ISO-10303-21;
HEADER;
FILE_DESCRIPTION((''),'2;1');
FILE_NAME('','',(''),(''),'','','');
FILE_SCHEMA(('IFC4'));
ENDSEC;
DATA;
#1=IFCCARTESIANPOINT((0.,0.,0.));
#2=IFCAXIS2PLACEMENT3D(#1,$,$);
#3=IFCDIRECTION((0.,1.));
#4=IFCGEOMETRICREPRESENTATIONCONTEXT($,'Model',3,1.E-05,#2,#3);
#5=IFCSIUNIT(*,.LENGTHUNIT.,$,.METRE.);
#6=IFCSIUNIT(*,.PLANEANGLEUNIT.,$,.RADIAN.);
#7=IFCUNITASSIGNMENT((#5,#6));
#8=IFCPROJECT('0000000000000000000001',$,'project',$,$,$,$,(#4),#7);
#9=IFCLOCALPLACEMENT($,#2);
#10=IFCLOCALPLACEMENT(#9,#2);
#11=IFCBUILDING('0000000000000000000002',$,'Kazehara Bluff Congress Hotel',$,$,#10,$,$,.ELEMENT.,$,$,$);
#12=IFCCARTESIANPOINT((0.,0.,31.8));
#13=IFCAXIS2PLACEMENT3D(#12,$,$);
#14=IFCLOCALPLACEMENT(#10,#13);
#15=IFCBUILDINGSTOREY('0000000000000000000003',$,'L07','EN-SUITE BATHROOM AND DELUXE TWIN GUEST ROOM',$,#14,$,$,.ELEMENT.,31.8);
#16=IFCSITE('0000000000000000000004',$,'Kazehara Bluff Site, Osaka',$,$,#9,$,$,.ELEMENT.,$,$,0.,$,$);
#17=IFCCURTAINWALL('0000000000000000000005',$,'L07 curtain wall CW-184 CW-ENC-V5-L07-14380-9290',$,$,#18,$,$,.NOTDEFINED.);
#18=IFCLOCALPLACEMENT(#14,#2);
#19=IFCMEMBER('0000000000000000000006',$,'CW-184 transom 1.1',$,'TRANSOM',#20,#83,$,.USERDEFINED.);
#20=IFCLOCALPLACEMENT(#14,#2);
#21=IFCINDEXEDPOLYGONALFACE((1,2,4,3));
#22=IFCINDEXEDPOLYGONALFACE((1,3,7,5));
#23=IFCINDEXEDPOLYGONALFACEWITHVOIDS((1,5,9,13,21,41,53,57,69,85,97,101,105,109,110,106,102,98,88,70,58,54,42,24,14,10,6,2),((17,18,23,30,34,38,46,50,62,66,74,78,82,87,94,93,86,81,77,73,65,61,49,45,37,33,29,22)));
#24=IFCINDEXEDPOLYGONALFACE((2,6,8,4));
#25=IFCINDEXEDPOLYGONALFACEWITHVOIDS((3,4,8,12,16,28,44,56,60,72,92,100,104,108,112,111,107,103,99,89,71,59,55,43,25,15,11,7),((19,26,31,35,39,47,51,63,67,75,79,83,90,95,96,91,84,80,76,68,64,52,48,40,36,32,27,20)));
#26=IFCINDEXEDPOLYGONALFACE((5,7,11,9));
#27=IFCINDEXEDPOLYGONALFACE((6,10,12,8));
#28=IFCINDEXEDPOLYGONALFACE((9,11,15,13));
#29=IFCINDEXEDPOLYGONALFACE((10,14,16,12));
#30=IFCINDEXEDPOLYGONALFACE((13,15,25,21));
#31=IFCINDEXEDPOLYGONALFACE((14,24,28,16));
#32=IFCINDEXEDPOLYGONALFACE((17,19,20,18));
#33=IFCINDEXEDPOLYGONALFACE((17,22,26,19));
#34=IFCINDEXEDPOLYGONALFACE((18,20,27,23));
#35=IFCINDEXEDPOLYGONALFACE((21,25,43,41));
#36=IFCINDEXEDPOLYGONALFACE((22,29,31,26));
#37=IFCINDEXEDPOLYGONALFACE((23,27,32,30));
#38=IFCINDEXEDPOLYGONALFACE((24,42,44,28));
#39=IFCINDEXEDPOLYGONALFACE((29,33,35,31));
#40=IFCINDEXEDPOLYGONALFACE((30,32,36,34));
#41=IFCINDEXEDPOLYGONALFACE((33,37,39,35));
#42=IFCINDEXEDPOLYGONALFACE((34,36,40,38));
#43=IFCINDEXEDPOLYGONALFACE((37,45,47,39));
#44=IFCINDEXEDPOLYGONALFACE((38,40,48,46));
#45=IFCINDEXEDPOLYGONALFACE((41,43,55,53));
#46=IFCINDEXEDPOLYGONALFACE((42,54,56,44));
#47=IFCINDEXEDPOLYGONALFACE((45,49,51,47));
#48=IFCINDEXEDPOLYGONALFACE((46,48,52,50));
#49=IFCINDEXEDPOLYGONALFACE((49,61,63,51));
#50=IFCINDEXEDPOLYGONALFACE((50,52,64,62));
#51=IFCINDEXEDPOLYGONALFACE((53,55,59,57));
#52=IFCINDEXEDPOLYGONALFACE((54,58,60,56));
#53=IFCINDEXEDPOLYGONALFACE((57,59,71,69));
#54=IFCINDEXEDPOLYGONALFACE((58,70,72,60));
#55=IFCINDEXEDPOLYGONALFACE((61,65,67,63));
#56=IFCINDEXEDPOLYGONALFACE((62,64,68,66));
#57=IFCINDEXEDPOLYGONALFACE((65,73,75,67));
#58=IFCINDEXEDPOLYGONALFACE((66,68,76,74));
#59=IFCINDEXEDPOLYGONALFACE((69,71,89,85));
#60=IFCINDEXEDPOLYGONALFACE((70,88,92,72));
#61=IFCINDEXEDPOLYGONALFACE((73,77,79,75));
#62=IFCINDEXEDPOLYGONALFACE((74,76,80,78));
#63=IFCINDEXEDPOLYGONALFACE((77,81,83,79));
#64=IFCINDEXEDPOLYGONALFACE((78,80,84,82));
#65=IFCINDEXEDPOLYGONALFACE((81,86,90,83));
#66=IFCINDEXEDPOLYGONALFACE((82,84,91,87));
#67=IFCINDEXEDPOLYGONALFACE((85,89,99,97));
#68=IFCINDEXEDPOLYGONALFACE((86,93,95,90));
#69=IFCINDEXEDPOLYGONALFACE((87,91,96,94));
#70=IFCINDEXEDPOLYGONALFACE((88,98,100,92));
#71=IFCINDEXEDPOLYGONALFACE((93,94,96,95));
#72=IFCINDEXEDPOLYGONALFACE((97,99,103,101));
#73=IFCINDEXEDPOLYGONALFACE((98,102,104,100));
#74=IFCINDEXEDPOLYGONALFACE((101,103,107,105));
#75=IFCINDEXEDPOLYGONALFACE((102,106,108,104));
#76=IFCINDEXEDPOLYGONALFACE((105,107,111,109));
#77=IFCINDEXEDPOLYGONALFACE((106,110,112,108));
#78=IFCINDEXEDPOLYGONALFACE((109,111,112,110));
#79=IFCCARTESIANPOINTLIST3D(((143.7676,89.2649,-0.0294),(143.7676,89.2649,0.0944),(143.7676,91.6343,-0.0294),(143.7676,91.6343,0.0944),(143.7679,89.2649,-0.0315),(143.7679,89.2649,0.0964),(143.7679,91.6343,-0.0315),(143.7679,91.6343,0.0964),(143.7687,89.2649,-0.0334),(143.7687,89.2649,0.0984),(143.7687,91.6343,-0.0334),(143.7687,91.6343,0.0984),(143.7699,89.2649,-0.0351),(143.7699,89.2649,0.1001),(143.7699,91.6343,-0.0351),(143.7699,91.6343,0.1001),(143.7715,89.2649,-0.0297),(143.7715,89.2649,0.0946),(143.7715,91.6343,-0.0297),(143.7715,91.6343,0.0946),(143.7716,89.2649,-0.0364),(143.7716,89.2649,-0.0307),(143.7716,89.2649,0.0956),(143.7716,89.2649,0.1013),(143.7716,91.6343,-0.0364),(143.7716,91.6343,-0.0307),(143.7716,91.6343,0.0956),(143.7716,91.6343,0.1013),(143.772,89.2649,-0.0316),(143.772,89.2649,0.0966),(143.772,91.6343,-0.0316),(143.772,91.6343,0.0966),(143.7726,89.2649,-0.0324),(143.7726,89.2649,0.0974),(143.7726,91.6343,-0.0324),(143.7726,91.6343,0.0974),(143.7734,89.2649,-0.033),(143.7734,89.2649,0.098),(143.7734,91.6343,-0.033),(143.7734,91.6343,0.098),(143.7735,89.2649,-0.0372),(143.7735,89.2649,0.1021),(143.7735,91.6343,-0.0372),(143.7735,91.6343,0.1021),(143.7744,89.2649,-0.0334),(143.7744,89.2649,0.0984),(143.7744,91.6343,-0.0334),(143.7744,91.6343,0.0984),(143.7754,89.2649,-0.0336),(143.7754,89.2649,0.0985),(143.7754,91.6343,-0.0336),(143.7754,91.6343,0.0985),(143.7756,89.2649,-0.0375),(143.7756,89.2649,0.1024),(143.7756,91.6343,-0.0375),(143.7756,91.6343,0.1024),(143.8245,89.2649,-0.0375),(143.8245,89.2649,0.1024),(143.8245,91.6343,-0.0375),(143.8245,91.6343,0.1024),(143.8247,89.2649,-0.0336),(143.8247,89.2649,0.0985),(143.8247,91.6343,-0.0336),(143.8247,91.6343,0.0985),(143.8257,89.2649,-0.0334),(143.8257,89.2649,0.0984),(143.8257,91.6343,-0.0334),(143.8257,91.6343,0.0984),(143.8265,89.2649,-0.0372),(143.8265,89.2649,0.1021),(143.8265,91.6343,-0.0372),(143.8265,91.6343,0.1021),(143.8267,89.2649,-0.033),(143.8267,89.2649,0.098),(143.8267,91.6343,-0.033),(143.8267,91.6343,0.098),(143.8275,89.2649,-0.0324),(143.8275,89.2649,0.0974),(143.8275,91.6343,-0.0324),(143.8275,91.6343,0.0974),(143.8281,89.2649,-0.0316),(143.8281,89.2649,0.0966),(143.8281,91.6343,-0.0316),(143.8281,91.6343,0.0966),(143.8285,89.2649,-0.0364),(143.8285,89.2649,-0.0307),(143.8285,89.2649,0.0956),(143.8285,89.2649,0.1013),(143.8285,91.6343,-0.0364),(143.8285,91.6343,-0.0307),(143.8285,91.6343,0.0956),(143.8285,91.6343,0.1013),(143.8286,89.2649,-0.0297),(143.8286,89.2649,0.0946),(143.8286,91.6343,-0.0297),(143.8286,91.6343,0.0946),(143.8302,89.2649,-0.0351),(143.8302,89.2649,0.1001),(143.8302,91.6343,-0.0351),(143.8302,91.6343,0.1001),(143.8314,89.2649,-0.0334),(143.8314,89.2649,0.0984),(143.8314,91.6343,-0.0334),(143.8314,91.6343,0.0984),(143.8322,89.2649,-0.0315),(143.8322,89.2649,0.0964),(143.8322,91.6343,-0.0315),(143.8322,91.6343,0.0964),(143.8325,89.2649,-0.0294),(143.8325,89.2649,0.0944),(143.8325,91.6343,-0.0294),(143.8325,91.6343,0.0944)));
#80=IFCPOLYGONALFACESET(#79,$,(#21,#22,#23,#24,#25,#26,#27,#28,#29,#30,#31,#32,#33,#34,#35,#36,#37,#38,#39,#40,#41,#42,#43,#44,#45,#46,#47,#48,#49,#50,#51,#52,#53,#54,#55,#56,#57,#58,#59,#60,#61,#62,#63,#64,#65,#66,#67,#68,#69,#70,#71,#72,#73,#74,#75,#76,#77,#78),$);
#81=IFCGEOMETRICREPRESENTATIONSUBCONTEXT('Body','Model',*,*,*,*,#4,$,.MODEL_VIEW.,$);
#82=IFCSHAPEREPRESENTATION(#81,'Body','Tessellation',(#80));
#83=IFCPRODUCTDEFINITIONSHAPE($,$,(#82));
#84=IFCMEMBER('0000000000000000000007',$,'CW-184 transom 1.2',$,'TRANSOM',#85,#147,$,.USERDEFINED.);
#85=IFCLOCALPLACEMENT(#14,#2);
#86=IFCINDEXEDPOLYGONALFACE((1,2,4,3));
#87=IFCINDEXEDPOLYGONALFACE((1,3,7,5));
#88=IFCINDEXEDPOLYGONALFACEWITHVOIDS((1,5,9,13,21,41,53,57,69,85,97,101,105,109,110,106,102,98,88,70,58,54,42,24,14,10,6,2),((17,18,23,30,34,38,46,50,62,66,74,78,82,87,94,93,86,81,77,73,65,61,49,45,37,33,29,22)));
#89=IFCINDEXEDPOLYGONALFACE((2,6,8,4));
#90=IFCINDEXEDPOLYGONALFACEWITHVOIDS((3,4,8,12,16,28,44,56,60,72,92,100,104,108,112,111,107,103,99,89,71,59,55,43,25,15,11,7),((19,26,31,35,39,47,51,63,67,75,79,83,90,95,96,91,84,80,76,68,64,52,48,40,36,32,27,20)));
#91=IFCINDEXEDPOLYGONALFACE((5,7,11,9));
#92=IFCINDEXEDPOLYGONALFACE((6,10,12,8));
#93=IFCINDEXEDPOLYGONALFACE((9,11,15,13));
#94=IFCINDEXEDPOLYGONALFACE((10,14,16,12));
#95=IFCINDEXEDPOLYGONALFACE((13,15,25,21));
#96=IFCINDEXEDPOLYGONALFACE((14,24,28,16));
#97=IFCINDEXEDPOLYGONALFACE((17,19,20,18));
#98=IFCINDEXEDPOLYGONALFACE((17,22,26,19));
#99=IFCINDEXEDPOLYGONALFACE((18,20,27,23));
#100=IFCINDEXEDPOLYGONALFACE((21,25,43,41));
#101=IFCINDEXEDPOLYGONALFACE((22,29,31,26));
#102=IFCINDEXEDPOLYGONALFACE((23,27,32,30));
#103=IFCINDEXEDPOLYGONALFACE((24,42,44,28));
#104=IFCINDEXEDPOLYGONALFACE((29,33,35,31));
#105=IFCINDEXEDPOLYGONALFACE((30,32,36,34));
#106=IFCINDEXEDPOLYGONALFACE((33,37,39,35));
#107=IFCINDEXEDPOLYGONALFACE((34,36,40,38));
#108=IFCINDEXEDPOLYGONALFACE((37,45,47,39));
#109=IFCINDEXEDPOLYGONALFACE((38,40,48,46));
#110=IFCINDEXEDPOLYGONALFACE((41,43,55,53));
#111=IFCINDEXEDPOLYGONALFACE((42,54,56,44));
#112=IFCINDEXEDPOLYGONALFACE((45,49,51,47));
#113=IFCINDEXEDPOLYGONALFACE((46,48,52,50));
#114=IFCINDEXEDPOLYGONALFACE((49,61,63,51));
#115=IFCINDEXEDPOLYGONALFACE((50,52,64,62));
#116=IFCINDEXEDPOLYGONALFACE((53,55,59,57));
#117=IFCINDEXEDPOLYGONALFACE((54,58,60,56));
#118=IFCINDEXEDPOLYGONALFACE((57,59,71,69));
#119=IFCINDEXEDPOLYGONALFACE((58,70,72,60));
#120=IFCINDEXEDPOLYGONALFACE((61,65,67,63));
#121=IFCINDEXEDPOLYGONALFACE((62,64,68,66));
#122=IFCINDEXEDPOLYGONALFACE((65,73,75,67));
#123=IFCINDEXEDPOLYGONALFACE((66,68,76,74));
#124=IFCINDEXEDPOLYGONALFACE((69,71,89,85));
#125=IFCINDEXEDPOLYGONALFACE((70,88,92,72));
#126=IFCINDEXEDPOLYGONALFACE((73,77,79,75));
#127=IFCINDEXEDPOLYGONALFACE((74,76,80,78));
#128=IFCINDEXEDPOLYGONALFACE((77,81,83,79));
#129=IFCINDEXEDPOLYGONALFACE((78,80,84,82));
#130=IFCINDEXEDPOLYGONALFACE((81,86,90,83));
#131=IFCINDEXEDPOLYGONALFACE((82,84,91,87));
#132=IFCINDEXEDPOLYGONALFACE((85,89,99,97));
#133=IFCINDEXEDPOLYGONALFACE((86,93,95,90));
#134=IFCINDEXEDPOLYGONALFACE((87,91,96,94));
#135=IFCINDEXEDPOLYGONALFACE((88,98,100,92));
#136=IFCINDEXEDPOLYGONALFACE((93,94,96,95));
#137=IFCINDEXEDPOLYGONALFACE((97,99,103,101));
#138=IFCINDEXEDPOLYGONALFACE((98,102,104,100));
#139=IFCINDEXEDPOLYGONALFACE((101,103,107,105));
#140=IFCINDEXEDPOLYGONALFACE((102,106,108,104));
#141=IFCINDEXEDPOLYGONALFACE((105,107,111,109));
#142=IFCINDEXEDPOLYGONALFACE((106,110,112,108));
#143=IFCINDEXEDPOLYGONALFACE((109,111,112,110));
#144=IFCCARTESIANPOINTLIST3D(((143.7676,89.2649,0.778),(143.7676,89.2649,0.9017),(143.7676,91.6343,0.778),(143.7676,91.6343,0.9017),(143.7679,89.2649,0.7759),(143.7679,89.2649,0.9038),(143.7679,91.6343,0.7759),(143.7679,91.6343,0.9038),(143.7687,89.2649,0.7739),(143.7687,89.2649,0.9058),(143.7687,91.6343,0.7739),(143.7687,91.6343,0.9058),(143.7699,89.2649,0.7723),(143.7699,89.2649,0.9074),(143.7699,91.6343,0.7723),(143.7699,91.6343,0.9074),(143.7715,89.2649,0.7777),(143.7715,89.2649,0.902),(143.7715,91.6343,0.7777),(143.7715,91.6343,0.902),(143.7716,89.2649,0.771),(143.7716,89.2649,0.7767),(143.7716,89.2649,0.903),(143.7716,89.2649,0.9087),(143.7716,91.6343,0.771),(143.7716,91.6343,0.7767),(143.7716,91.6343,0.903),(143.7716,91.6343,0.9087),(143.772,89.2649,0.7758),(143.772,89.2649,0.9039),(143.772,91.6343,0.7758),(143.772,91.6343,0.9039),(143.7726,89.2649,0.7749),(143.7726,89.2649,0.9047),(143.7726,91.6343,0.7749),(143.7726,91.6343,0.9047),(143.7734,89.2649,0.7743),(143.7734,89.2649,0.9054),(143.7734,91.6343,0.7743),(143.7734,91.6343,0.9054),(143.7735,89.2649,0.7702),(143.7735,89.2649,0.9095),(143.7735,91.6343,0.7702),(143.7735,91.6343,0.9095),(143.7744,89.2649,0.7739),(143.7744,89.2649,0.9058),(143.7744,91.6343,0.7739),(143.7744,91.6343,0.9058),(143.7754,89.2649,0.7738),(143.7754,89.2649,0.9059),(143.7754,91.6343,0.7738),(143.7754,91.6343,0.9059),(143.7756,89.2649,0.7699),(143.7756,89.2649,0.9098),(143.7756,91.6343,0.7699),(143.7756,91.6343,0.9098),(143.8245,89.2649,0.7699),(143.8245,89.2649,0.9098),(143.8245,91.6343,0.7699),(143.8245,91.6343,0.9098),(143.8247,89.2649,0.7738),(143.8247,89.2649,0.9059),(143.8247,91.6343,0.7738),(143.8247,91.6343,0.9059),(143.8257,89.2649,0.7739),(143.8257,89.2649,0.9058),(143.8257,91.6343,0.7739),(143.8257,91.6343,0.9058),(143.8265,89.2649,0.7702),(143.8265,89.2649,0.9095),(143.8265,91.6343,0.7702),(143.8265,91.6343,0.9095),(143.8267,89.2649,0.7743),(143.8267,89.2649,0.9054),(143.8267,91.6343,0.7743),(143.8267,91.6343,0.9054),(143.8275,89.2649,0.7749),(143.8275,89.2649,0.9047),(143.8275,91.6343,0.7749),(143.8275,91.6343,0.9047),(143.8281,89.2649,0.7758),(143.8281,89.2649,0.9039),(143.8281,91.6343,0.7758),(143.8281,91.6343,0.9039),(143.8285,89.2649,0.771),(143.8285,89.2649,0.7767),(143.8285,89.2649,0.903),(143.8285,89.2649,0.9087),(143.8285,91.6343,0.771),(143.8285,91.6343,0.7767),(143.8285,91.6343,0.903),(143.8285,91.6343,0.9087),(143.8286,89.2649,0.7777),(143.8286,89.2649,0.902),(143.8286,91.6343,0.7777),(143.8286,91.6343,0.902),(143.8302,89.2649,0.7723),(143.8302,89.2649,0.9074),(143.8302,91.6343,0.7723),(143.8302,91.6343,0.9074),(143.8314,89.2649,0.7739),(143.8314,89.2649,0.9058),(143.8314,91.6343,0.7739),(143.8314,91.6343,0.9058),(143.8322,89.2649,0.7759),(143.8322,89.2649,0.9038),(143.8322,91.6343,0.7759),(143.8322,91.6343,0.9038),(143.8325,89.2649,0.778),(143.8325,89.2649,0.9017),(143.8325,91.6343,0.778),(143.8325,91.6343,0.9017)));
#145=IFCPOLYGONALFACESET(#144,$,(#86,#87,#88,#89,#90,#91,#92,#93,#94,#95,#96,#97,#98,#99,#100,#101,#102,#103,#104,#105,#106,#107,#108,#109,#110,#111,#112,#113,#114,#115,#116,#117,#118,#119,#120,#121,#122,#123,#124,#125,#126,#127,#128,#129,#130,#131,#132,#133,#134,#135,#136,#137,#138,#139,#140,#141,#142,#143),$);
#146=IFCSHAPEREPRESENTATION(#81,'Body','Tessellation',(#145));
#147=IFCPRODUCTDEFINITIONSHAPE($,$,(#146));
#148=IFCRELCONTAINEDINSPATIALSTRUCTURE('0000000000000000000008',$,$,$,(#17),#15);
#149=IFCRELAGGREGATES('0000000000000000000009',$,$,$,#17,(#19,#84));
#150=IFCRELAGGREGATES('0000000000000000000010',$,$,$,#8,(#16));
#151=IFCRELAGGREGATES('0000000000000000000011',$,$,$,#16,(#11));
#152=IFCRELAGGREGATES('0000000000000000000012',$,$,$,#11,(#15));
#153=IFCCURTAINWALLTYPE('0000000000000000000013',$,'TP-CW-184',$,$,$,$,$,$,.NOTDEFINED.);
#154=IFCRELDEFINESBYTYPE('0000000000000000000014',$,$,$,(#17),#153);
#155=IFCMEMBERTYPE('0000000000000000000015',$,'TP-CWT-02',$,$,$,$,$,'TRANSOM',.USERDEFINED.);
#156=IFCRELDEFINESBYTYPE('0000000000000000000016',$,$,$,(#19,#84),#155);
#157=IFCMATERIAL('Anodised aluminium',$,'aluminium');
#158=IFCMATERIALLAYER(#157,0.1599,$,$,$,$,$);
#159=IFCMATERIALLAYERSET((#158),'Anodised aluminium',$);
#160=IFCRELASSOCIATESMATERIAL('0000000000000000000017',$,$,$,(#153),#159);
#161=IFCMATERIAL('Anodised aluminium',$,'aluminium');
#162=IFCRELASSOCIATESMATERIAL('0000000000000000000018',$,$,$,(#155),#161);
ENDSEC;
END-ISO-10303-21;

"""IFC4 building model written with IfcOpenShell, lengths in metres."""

from ifc_helpers import new_model, si_unit, direction, frame, origin, origin_2d, place, context, subcontext, project, spatial, hollow_rectangle, extrude, material, layer, layer_set, material_profile, profile_set, type_object, element, aggregate, save


model = new_model("IFC4")

# Units and contexts
model_context = context("Model", 3, precision=1e-05, world=origin(), true_north=direction((0.0, 1.0)))
body_context = subcontext(model_context, "Body", "Model", "MODEL_VIEW")
ifc_project = project(units=[si_unit("LENGTHUNIT", "METRE"), si_unit("PLANEANGLEUNIT", "RADIAN")], contexts=[model_context])

# Site, building, storey
site_placement = place(None, origin())
site = spatial("IfcSite", under=ifc_project, at=site_placement, Name="Kazehara Bluff Site, Osaka", CompositionType="ELEMENT", RefElevation=0.0)
building_placement = place(site_placement, origin())
building = spatial("IfcBuilding", under=site, at=building_placement, Name="Kazehara Bluff Congress Hotel", CompositionType="ELEMENT")
storey_placement = place(building_placement, frame((0.0, 0.0, 31.8)))
storey = spatial("IfcBuildingStorey", under=building, at=storey_placement, Name="L07", Description="EN-SUITE BATHROOM AND DELUXE TWIN GUEST ROOM", CompositionType="ELEMENT", Elevation=31.8)

# Curtain wall
ifc_material_1 = material(Name="Anodised aluminium", Category="aluminium")
ifc_layer_1 = layer(ifc_material_1, 0.1599)
ifc_layer_set_1 = layer_set([ifc_layer_1], Name="Anodised aluminium")
curtain_wall_type_1 = type_object("IfcCurtainWallType", Name="TP-CW-184", PredefinedType="NOTDEFINED", material=ifc_layer_set_1)
curtain_wall_1_placement = place(storey_placement, origin())
curtain_wall_1 = element("IfcCurtainWall", 1, at=curtain_wall_1_placement, inside=storey, type_object=curtain_wall_type_1, Name="L07 curtain wall CW-184 CW-ENC-V5-L07-14380-9290", PredefinedType="NOTDEFINED")

# Members
ifc_material_2 = material(Name="Anodised aluminium", Category="aluminium")
ifc_material_profile_1 = material_profile(ifc_material_2, hollow_rectangle(XDim=0.0649, YDim=0.1399, WallThickness=0.0039, InnerFilletRadius=0.0039, OuterFilletRadius=0.0081, at=origin_2d()))
ifc_profile_set_1 = profile_set([ifc_material_profile_1], Name="Anodised aluminium")
member_type_1 = type_object("IfcMemberType", Name="TP-CWT-02", ElementType="TRANSOM", PredefinedType="USERDEFINED", material=ifc_profile_set_1)
member_1_placement = place(storey_placement, frame((143.8, 89.2649, 0.0325), z_axis=(0.0, 1.0, 0.0), x_axis=(-1.0, 0.0, 0.0)))
member_1 = element("IfcMember", 2, at=member_1_placement, type_object=member_type_1, Name="CW-184 transom 1.1", ObjectType="TRANSOM", PredefinedType="USERDEFINED", context=body_context, shape_type="SweptSolid", body=[
    extrude(hollow_rectangle(XDim=0.0649, YDim=0.1399, WallThickness=0.0039, InnerFilletRadius=0.0039, OuterFilletRadius=0.0081, at=origin_2d()), origin(), (0.0, 0.0, 1.0), 2.3694),
])
member_2_placement = place(storey_placement, frame((143.8, 89.2649, 0.8398), z_axis=(0.0, 1.0, 0.0), x_axis=(-1.0, 0.0, 0.0)))
member_2 = element("IfcMember", 3, at=member_2_placement, type_object=member_type_1, Name="CW-184 transom 1.2", ObjectType="TRANSOM", PredefinedType="USERDEFINED", context=body_context, shape_type="SweptSolid", body=[
    extrude(hollow_rectangle(XDim=0.0649, YDim=0.1399, WallThickness=0.0039, InnerFilletRadius=0.0039, OuterFilletRadius=0.0081, at=origin_2d()), origin(), (0.0, 0.0, 1.0), 2.3694),
])

aggregate(curtain_wall_1, [member_1, member_2])

save(model, "model.ifc")
